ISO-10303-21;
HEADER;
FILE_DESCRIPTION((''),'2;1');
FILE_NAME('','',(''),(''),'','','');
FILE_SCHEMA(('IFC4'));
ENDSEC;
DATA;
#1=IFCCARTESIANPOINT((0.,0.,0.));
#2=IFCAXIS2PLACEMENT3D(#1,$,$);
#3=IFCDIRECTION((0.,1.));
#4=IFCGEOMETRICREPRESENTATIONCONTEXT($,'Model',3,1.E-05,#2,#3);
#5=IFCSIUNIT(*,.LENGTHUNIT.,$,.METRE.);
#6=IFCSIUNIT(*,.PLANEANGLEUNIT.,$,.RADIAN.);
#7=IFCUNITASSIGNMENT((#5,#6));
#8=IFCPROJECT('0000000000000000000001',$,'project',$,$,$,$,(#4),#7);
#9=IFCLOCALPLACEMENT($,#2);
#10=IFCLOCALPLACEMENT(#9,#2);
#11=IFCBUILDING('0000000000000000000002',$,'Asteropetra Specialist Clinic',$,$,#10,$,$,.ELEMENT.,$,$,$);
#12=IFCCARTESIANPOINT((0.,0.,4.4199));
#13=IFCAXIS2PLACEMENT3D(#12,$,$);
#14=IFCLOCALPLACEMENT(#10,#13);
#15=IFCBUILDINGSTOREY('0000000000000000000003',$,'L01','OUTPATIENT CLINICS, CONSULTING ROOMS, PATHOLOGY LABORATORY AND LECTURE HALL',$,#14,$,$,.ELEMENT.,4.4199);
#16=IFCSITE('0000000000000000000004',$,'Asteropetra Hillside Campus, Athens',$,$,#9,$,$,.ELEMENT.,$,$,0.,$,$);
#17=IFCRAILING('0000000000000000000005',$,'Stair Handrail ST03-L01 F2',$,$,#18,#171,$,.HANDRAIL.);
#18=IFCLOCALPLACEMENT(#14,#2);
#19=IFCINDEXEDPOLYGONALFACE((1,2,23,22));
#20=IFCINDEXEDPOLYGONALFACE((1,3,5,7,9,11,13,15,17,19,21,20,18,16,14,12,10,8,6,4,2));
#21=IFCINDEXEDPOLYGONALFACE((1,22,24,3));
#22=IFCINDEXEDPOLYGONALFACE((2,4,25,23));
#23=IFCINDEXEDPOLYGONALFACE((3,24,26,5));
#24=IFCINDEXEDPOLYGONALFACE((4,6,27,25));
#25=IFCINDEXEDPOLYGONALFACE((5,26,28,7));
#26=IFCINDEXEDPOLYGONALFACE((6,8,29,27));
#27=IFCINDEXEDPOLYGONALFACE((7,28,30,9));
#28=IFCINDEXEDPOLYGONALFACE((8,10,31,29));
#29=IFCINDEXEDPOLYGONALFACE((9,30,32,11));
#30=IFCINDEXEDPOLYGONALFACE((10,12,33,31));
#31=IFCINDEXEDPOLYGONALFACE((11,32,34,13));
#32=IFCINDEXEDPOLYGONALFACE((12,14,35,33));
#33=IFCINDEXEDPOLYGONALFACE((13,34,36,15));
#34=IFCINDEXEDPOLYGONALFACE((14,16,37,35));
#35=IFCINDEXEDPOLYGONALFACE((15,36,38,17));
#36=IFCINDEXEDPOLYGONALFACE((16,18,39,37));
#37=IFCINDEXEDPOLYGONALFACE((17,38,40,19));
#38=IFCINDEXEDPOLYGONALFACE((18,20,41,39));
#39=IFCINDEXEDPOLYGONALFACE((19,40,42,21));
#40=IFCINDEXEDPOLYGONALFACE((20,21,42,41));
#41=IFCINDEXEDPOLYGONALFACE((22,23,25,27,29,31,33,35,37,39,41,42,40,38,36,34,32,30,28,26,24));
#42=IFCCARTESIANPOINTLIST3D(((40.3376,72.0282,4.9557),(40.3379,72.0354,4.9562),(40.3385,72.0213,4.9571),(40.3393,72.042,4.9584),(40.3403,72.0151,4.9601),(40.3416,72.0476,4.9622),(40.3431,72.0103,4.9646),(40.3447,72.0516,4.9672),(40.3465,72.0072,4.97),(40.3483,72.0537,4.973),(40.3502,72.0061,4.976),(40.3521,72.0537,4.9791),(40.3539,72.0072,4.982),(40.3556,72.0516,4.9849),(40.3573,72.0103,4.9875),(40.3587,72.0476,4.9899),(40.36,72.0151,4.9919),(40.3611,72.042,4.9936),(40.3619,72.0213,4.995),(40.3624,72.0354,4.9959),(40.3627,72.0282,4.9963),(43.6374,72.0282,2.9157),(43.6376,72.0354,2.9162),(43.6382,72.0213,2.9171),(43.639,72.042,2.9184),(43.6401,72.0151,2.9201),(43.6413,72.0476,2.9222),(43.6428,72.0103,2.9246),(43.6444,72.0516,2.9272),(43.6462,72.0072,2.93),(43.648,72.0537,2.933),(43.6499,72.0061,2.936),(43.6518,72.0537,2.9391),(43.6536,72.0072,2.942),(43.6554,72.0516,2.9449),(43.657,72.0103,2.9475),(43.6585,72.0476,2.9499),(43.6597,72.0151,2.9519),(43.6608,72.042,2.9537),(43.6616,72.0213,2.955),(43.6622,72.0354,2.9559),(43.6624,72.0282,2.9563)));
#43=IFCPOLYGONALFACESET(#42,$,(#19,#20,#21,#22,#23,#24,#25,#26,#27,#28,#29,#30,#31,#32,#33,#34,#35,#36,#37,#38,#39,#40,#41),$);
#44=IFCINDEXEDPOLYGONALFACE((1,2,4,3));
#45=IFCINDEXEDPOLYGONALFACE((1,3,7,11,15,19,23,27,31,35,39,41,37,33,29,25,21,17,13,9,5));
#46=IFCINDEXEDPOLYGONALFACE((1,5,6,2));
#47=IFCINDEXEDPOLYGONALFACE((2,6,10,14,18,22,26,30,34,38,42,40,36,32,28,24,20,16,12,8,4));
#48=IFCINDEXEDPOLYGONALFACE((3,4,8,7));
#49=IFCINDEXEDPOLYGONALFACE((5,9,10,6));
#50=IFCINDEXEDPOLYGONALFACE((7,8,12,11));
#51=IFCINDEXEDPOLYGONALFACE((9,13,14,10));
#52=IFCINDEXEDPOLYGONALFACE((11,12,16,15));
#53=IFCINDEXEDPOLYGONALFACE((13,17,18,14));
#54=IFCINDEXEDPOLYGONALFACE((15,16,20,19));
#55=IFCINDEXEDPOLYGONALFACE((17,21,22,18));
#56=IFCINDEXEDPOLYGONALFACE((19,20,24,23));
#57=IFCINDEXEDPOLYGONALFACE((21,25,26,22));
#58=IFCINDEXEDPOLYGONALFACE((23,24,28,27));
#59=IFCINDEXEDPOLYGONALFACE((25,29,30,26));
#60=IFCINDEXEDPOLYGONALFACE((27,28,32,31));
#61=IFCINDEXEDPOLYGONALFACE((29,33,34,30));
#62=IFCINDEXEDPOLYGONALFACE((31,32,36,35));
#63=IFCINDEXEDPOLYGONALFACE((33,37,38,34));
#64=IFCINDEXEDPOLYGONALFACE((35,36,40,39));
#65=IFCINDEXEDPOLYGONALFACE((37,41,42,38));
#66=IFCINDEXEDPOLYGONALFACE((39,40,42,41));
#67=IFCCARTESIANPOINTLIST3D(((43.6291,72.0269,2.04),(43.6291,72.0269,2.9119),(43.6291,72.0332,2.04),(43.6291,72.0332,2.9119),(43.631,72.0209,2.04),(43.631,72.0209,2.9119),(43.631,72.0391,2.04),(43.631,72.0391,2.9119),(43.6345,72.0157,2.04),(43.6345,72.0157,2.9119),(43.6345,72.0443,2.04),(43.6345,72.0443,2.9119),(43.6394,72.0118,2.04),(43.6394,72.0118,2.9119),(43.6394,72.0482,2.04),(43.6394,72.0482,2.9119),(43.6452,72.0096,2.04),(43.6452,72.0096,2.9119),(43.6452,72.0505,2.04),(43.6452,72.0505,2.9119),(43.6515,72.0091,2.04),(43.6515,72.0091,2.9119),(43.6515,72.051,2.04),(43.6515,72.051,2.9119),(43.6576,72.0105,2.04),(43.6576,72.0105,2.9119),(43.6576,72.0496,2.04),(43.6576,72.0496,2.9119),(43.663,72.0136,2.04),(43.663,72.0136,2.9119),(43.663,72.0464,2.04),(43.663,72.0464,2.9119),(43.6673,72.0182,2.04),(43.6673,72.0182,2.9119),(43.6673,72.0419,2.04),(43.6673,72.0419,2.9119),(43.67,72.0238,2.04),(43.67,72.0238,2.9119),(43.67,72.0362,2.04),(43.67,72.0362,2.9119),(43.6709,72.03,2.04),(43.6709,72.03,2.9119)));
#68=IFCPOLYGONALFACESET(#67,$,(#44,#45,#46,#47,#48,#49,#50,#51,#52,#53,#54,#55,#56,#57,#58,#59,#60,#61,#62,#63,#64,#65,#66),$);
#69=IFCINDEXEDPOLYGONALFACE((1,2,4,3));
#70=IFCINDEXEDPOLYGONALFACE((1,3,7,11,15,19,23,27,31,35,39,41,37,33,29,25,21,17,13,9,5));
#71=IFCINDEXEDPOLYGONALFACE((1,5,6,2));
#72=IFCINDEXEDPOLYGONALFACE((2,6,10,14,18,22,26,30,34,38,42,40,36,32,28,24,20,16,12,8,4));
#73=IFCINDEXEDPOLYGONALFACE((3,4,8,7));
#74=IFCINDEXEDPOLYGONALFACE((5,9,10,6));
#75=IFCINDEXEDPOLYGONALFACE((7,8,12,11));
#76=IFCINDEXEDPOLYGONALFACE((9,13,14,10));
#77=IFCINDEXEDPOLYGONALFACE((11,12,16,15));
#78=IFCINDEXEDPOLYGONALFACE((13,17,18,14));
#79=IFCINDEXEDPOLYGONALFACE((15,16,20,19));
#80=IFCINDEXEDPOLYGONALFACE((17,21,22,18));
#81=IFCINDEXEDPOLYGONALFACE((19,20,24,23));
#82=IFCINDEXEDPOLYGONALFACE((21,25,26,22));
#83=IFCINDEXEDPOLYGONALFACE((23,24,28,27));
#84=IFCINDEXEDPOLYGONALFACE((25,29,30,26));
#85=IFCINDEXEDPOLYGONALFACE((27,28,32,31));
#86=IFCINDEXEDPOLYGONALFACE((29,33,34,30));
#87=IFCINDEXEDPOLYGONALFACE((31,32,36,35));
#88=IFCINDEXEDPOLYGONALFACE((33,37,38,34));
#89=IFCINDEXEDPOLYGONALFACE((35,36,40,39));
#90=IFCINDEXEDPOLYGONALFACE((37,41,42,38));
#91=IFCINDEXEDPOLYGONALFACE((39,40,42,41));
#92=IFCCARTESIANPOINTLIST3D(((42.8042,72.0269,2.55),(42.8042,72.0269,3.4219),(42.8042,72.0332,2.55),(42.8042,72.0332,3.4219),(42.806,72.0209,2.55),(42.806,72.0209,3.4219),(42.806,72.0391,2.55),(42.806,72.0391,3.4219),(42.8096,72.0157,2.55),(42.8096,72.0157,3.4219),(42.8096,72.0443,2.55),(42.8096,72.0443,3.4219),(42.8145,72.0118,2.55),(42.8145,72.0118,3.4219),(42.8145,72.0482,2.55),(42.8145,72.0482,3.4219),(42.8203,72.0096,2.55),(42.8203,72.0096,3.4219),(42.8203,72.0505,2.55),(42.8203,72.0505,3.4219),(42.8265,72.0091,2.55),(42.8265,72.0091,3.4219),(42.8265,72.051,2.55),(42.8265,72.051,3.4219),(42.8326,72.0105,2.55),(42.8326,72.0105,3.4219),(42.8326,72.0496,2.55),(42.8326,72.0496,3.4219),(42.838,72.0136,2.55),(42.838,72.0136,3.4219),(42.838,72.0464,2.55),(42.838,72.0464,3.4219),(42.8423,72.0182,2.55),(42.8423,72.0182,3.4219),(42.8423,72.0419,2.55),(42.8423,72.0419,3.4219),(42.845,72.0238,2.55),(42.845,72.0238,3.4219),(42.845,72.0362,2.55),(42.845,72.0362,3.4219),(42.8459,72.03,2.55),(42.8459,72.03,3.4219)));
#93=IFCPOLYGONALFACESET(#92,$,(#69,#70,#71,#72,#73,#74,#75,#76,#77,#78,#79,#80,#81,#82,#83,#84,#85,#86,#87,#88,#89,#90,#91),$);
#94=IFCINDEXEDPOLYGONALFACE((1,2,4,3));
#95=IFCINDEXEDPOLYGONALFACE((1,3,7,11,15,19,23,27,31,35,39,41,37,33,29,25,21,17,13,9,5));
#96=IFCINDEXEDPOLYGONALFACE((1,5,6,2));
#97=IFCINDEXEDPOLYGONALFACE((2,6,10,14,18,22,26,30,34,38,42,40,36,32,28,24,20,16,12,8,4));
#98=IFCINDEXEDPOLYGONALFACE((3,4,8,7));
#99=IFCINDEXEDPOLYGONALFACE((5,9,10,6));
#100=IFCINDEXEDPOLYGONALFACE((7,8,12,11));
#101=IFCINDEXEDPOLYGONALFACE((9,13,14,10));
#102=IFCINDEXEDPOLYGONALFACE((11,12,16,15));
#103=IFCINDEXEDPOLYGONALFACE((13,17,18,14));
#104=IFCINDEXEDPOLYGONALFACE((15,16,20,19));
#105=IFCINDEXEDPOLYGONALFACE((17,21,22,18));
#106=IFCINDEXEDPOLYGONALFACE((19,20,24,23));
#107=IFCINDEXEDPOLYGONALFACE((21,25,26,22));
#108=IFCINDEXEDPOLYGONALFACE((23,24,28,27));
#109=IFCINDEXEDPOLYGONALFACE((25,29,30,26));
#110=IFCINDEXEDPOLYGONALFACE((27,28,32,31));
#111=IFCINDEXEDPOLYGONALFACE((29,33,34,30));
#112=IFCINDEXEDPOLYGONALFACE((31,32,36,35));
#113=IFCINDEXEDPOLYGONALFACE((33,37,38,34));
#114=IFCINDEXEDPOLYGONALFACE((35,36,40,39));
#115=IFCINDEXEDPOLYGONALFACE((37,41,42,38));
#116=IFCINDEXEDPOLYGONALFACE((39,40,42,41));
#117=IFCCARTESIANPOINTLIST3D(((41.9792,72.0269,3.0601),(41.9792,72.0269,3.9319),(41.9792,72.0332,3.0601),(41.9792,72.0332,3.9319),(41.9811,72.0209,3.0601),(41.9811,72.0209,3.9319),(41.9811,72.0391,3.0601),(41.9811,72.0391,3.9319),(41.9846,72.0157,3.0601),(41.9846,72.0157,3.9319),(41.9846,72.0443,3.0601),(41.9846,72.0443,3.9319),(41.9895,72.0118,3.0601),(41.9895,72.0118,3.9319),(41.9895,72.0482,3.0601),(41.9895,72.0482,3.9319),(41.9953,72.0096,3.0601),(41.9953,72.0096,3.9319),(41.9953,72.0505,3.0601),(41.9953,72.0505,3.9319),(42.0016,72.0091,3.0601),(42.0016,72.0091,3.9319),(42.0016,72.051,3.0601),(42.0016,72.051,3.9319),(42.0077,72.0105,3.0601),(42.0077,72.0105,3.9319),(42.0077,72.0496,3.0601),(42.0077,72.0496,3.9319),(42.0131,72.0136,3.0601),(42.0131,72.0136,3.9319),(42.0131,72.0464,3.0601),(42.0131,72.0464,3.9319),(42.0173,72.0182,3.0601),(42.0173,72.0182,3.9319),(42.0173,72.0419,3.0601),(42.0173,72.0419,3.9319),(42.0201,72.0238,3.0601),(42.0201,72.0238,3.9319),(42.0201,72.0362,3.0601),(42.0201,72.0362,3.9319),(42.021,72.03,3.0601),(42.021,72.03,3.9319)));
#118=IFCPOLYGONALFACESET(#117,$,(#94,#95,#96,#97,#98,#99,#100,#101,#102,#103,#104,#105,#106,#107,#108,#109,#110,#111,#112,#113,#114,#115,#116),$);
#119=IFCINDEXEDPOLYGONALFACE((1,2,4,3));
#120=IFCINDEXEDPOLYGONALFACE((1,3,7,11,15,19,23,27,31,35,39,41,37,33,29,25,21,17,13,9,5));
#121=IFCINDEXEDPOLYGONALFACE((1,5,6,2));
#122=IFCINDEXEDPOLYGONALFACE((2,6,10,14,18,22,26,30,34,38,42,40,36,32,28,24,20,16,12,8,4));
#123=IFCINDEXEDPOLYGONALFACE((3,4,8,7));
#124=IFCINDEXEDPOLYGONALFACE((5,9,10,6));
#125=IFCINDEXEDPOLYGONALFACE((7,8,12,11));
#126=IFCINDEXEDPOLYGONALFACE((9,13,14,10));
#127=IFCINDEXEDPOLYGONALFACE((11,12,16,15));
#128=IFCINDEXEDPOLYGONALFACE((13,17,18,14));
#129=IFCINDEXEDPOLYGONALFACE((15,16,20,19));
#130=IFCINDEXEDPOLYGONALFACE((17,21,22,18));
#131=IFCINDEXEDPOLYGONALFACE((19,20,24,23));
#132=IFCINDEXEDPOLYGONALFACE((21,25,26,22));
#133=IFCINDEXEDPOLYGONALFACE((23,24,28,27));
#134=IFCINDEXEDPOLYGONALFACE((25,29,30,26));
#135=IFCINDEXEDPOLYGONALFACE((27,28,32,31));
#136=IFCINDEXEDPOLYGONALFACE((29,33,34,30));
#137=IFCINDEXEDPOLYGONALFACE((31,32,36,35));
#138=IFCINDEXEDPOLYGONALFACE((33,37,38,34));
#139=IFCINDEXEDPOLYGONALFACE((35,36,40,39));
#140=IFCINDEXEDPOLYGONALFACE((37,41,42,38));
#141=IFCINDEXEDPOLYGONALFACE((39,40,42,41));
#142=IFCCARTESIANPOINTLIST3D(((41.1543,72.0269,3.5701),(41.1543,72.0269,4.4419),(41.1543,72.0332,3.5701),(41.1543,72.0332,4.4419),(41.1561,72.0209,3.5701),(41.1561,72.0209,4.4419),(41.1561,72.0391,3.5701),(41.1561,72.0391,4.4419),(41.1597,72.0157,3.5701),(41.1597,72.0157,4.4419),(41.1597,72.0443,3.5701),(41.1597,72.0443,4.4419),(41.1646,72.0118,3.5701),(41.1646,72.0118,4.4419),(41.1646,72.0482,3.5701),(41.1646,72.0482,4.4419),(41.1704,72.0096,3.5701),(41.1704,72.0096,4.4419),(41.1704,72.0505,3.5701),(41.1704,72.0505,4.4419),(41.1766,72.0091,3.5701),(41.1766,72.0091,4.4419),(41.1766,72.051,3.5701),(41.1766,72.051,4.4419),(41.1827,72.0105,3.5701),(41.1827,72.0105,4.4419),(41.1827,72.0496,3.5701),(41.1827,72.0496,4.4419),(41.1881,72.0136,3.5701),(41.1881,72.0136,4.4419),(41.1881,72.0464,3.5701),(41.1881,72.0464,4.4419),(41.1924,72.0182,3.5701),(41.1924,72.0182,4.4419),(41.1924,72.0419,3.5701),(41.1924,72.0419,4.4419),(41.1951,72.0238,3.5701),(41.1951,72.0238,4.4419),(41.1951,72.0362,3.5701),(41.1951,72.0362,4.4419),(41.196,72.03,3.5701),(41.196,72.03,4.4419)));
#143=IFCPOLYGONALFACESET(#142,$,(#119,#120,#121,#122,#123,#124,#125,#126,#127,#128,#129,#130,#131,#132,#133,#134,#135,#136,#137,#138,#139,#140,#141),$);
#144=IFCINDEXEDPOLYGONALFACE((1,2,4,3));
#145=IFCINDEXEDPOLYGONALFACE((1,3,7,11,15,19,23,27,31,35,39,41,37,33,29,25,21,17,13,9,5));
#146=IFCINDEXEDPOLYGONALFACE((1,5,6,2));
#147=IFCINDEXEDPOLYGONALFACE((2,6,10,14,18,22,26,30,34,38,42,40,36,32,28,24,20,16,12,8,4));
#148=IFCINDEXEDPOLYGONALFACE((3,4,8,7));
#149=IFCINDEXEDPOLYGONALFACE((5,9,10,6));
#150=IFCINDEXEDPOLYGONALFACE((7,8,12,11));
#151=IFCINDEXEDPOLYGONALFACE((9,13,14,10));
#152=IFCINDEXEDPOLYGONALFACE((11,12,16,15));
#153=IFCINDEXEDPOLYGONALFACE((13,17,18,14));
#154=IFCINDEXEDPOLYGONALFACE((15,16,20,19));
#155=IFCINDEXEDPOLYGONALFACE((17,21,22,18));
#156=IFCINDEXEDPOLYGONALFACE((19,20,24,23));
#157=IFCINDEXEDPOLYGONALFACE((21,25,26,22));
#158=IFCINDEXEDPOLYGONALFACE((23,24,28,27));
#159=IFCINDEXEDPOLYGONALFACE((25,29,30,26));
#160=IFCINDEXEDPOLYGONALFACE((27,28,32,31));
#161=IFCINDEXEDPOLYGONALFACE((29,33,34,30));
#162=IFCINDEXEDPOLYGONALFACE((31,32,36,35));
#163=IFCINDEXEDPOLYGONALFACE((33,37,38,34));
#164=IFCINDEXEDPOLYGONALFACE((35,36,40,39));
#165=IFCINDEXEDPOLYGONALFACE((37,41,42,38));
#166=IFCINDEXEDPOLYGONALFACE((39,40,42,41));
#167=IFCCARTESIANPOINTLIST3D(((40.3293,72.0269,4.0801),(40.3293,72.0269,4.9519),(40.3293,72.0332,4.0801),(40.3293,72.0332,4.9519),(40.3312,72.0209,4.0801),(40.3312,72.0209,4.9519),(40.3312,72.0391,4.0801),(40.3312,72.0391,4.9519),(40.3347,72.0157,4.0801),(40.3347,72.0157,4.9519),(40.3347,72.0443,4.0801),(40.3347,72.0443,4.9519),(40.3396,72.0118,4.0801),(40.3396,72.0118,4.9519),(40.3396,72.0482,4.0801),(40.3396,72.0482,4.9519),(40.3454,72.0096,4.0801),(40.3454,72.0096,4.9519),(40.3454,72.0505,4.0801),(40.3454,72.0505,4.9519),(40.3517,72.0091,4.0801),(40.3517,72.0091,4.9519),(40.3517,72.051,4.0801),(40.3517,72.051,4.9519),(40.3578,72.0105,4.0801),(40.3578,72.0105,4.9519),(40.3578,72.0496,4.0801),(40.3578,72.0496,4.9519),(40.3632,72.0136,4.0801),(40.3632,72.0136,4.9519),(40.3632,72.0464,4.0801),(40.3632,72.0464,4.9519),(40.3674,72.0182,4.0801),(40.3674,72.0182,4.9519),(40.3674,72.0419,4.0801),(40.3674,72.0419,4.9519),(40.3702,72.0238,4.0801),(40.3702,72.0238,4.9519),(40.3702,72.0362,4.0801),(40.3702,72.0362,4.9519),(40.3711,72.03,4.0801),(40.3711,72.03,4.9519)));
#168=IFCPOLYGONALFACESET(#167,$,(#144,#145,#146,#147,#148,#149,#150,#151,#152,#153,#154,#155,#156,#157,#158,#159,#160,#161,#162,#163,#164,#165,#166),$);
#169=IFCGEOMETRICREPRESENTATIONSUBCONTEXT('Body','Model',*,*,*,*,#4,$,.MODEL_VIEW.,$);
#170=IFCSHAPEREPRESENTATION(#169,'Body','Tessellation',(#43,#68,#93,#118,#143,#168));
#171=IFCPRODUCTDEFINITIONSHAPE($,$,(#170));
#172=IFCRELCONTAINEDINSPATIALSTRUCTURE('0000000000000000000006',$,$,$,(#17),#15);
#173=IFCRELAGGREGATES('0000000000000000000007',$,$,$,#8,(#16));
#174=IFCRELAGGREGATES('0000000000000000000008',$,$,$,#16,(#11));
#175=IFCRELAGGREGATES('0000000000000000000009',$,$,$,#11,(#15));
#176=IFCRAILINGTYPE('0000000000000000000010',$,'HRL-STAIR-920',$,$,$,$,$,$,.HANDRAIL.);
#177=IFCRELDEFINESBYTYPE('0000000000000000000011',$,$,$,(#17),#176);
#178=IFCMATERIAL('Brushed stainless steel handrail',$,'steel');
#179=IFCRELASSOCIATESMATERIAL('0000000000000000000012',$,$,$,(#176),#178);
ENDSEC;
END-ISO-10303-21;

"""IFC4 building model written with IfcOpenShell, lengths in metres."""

from ifc_helpers import new_model, si_unit, direction, frame, origin, origin_2d, place, context, subcontext, project, spatial, circle, extrude, material, type_object, element, save


model = new_model("IFC4")

# Units and contexts
model_context = context("Model", 3, precision=1e-05, world=origin(), true_north=direction((0.0, 1.0)))
body_context = subcontext(model_context, "Body", "Model", "MODEL_VIEW")
ifc_project = project(units=[si_unit("LENGTHUNIT", "METRE"), si_unit("PLANEANGLEUNIT", "RADIAN")], contexts=[model_context])

# Site, building, storey
site_placement = place(None, origin())
site = spatial("IfcSite", under=ifc_project, at=site_placement, Name="Asteropetra Hillside Campus, Athens", CompositionType="ELEMENT", RefElevation=0.0)
building_placement = place(site_placement, origin())
building = spatial("IfcBuilding", under=site, at=building_placement, Name="Asteropetra Specialist Clinic", CompositionType="ELEMENT")
storey_placement = place(building_placement, frame((0.0, 0.0, 4.4199)))
storey = spatial("IfcBuildingStorey", under=building, at=storey_placement, Name="L01", Description="OUTPATIENT CLINICS, CONSULTING ROOMS, PATHOLOGY LABORATORY AND LECTURE HALL", CompositionType="ELEMENT", Elevation=4.4199)

# Railing
ifc_material_1 = material(Name="Brushed stainless steel handrail", Category="steel")
railing_type_1 = type_object("IfcRailingType", Name="HRL-STAIR-920", PredefinedType="HANDRAIL", material=ifc_material_1)
railing_1_placement = place(storey_placement, frame((43.6499, 72.03, 2.04)))
element("IfcRailing", 1, at=railing_1_placement, inside=storey, type_object=railing_type_1, Name="Stair Handrail ST03-L01 F2", PredefinedType="HANDRAIL", context=body_context, shape_type="SweptSolid", body=[
    extrude(circle(Radius=0.0239, at=origin_2d()), frame((0.0, 0.0, 0.896), z_axis=(-0.850576, 0.0, 0.525852), x_axis=(0.0, -1.0, 0.0)), (0.0, 0.0, 1.0), 3.8794),
    extrude(circle(Radius=0.021, at=origin_2d()), origin(), (0.0, 0.0, 1.0), 0.8718),
    extrude(circle(Radius=0.021, at=origin_2d()), frame((-0.825, 0.0, 0.51)), (0.0, 0.0, 1.0), 0.8718),
    extrude(circle(Radius=0.021, at=origin_2d()), frame((-1.6499, 0.0, 1.02)), (0.0, 0.0, 1.0), 0.8718),
    extrude(circle(Radius=0.021, at=origin_2d()), frame((-2.4749, 0.0, 1.53)), (0.0, 0.0, 1.0), 0.8718),
    extrude(circle(Radius=0.021, at=origin_2d()), frame((-3.2998, 0.0, 2.04)), (0.0, 0.0, 1.0), 0.8718),
])

save(model, "model.ifc")
